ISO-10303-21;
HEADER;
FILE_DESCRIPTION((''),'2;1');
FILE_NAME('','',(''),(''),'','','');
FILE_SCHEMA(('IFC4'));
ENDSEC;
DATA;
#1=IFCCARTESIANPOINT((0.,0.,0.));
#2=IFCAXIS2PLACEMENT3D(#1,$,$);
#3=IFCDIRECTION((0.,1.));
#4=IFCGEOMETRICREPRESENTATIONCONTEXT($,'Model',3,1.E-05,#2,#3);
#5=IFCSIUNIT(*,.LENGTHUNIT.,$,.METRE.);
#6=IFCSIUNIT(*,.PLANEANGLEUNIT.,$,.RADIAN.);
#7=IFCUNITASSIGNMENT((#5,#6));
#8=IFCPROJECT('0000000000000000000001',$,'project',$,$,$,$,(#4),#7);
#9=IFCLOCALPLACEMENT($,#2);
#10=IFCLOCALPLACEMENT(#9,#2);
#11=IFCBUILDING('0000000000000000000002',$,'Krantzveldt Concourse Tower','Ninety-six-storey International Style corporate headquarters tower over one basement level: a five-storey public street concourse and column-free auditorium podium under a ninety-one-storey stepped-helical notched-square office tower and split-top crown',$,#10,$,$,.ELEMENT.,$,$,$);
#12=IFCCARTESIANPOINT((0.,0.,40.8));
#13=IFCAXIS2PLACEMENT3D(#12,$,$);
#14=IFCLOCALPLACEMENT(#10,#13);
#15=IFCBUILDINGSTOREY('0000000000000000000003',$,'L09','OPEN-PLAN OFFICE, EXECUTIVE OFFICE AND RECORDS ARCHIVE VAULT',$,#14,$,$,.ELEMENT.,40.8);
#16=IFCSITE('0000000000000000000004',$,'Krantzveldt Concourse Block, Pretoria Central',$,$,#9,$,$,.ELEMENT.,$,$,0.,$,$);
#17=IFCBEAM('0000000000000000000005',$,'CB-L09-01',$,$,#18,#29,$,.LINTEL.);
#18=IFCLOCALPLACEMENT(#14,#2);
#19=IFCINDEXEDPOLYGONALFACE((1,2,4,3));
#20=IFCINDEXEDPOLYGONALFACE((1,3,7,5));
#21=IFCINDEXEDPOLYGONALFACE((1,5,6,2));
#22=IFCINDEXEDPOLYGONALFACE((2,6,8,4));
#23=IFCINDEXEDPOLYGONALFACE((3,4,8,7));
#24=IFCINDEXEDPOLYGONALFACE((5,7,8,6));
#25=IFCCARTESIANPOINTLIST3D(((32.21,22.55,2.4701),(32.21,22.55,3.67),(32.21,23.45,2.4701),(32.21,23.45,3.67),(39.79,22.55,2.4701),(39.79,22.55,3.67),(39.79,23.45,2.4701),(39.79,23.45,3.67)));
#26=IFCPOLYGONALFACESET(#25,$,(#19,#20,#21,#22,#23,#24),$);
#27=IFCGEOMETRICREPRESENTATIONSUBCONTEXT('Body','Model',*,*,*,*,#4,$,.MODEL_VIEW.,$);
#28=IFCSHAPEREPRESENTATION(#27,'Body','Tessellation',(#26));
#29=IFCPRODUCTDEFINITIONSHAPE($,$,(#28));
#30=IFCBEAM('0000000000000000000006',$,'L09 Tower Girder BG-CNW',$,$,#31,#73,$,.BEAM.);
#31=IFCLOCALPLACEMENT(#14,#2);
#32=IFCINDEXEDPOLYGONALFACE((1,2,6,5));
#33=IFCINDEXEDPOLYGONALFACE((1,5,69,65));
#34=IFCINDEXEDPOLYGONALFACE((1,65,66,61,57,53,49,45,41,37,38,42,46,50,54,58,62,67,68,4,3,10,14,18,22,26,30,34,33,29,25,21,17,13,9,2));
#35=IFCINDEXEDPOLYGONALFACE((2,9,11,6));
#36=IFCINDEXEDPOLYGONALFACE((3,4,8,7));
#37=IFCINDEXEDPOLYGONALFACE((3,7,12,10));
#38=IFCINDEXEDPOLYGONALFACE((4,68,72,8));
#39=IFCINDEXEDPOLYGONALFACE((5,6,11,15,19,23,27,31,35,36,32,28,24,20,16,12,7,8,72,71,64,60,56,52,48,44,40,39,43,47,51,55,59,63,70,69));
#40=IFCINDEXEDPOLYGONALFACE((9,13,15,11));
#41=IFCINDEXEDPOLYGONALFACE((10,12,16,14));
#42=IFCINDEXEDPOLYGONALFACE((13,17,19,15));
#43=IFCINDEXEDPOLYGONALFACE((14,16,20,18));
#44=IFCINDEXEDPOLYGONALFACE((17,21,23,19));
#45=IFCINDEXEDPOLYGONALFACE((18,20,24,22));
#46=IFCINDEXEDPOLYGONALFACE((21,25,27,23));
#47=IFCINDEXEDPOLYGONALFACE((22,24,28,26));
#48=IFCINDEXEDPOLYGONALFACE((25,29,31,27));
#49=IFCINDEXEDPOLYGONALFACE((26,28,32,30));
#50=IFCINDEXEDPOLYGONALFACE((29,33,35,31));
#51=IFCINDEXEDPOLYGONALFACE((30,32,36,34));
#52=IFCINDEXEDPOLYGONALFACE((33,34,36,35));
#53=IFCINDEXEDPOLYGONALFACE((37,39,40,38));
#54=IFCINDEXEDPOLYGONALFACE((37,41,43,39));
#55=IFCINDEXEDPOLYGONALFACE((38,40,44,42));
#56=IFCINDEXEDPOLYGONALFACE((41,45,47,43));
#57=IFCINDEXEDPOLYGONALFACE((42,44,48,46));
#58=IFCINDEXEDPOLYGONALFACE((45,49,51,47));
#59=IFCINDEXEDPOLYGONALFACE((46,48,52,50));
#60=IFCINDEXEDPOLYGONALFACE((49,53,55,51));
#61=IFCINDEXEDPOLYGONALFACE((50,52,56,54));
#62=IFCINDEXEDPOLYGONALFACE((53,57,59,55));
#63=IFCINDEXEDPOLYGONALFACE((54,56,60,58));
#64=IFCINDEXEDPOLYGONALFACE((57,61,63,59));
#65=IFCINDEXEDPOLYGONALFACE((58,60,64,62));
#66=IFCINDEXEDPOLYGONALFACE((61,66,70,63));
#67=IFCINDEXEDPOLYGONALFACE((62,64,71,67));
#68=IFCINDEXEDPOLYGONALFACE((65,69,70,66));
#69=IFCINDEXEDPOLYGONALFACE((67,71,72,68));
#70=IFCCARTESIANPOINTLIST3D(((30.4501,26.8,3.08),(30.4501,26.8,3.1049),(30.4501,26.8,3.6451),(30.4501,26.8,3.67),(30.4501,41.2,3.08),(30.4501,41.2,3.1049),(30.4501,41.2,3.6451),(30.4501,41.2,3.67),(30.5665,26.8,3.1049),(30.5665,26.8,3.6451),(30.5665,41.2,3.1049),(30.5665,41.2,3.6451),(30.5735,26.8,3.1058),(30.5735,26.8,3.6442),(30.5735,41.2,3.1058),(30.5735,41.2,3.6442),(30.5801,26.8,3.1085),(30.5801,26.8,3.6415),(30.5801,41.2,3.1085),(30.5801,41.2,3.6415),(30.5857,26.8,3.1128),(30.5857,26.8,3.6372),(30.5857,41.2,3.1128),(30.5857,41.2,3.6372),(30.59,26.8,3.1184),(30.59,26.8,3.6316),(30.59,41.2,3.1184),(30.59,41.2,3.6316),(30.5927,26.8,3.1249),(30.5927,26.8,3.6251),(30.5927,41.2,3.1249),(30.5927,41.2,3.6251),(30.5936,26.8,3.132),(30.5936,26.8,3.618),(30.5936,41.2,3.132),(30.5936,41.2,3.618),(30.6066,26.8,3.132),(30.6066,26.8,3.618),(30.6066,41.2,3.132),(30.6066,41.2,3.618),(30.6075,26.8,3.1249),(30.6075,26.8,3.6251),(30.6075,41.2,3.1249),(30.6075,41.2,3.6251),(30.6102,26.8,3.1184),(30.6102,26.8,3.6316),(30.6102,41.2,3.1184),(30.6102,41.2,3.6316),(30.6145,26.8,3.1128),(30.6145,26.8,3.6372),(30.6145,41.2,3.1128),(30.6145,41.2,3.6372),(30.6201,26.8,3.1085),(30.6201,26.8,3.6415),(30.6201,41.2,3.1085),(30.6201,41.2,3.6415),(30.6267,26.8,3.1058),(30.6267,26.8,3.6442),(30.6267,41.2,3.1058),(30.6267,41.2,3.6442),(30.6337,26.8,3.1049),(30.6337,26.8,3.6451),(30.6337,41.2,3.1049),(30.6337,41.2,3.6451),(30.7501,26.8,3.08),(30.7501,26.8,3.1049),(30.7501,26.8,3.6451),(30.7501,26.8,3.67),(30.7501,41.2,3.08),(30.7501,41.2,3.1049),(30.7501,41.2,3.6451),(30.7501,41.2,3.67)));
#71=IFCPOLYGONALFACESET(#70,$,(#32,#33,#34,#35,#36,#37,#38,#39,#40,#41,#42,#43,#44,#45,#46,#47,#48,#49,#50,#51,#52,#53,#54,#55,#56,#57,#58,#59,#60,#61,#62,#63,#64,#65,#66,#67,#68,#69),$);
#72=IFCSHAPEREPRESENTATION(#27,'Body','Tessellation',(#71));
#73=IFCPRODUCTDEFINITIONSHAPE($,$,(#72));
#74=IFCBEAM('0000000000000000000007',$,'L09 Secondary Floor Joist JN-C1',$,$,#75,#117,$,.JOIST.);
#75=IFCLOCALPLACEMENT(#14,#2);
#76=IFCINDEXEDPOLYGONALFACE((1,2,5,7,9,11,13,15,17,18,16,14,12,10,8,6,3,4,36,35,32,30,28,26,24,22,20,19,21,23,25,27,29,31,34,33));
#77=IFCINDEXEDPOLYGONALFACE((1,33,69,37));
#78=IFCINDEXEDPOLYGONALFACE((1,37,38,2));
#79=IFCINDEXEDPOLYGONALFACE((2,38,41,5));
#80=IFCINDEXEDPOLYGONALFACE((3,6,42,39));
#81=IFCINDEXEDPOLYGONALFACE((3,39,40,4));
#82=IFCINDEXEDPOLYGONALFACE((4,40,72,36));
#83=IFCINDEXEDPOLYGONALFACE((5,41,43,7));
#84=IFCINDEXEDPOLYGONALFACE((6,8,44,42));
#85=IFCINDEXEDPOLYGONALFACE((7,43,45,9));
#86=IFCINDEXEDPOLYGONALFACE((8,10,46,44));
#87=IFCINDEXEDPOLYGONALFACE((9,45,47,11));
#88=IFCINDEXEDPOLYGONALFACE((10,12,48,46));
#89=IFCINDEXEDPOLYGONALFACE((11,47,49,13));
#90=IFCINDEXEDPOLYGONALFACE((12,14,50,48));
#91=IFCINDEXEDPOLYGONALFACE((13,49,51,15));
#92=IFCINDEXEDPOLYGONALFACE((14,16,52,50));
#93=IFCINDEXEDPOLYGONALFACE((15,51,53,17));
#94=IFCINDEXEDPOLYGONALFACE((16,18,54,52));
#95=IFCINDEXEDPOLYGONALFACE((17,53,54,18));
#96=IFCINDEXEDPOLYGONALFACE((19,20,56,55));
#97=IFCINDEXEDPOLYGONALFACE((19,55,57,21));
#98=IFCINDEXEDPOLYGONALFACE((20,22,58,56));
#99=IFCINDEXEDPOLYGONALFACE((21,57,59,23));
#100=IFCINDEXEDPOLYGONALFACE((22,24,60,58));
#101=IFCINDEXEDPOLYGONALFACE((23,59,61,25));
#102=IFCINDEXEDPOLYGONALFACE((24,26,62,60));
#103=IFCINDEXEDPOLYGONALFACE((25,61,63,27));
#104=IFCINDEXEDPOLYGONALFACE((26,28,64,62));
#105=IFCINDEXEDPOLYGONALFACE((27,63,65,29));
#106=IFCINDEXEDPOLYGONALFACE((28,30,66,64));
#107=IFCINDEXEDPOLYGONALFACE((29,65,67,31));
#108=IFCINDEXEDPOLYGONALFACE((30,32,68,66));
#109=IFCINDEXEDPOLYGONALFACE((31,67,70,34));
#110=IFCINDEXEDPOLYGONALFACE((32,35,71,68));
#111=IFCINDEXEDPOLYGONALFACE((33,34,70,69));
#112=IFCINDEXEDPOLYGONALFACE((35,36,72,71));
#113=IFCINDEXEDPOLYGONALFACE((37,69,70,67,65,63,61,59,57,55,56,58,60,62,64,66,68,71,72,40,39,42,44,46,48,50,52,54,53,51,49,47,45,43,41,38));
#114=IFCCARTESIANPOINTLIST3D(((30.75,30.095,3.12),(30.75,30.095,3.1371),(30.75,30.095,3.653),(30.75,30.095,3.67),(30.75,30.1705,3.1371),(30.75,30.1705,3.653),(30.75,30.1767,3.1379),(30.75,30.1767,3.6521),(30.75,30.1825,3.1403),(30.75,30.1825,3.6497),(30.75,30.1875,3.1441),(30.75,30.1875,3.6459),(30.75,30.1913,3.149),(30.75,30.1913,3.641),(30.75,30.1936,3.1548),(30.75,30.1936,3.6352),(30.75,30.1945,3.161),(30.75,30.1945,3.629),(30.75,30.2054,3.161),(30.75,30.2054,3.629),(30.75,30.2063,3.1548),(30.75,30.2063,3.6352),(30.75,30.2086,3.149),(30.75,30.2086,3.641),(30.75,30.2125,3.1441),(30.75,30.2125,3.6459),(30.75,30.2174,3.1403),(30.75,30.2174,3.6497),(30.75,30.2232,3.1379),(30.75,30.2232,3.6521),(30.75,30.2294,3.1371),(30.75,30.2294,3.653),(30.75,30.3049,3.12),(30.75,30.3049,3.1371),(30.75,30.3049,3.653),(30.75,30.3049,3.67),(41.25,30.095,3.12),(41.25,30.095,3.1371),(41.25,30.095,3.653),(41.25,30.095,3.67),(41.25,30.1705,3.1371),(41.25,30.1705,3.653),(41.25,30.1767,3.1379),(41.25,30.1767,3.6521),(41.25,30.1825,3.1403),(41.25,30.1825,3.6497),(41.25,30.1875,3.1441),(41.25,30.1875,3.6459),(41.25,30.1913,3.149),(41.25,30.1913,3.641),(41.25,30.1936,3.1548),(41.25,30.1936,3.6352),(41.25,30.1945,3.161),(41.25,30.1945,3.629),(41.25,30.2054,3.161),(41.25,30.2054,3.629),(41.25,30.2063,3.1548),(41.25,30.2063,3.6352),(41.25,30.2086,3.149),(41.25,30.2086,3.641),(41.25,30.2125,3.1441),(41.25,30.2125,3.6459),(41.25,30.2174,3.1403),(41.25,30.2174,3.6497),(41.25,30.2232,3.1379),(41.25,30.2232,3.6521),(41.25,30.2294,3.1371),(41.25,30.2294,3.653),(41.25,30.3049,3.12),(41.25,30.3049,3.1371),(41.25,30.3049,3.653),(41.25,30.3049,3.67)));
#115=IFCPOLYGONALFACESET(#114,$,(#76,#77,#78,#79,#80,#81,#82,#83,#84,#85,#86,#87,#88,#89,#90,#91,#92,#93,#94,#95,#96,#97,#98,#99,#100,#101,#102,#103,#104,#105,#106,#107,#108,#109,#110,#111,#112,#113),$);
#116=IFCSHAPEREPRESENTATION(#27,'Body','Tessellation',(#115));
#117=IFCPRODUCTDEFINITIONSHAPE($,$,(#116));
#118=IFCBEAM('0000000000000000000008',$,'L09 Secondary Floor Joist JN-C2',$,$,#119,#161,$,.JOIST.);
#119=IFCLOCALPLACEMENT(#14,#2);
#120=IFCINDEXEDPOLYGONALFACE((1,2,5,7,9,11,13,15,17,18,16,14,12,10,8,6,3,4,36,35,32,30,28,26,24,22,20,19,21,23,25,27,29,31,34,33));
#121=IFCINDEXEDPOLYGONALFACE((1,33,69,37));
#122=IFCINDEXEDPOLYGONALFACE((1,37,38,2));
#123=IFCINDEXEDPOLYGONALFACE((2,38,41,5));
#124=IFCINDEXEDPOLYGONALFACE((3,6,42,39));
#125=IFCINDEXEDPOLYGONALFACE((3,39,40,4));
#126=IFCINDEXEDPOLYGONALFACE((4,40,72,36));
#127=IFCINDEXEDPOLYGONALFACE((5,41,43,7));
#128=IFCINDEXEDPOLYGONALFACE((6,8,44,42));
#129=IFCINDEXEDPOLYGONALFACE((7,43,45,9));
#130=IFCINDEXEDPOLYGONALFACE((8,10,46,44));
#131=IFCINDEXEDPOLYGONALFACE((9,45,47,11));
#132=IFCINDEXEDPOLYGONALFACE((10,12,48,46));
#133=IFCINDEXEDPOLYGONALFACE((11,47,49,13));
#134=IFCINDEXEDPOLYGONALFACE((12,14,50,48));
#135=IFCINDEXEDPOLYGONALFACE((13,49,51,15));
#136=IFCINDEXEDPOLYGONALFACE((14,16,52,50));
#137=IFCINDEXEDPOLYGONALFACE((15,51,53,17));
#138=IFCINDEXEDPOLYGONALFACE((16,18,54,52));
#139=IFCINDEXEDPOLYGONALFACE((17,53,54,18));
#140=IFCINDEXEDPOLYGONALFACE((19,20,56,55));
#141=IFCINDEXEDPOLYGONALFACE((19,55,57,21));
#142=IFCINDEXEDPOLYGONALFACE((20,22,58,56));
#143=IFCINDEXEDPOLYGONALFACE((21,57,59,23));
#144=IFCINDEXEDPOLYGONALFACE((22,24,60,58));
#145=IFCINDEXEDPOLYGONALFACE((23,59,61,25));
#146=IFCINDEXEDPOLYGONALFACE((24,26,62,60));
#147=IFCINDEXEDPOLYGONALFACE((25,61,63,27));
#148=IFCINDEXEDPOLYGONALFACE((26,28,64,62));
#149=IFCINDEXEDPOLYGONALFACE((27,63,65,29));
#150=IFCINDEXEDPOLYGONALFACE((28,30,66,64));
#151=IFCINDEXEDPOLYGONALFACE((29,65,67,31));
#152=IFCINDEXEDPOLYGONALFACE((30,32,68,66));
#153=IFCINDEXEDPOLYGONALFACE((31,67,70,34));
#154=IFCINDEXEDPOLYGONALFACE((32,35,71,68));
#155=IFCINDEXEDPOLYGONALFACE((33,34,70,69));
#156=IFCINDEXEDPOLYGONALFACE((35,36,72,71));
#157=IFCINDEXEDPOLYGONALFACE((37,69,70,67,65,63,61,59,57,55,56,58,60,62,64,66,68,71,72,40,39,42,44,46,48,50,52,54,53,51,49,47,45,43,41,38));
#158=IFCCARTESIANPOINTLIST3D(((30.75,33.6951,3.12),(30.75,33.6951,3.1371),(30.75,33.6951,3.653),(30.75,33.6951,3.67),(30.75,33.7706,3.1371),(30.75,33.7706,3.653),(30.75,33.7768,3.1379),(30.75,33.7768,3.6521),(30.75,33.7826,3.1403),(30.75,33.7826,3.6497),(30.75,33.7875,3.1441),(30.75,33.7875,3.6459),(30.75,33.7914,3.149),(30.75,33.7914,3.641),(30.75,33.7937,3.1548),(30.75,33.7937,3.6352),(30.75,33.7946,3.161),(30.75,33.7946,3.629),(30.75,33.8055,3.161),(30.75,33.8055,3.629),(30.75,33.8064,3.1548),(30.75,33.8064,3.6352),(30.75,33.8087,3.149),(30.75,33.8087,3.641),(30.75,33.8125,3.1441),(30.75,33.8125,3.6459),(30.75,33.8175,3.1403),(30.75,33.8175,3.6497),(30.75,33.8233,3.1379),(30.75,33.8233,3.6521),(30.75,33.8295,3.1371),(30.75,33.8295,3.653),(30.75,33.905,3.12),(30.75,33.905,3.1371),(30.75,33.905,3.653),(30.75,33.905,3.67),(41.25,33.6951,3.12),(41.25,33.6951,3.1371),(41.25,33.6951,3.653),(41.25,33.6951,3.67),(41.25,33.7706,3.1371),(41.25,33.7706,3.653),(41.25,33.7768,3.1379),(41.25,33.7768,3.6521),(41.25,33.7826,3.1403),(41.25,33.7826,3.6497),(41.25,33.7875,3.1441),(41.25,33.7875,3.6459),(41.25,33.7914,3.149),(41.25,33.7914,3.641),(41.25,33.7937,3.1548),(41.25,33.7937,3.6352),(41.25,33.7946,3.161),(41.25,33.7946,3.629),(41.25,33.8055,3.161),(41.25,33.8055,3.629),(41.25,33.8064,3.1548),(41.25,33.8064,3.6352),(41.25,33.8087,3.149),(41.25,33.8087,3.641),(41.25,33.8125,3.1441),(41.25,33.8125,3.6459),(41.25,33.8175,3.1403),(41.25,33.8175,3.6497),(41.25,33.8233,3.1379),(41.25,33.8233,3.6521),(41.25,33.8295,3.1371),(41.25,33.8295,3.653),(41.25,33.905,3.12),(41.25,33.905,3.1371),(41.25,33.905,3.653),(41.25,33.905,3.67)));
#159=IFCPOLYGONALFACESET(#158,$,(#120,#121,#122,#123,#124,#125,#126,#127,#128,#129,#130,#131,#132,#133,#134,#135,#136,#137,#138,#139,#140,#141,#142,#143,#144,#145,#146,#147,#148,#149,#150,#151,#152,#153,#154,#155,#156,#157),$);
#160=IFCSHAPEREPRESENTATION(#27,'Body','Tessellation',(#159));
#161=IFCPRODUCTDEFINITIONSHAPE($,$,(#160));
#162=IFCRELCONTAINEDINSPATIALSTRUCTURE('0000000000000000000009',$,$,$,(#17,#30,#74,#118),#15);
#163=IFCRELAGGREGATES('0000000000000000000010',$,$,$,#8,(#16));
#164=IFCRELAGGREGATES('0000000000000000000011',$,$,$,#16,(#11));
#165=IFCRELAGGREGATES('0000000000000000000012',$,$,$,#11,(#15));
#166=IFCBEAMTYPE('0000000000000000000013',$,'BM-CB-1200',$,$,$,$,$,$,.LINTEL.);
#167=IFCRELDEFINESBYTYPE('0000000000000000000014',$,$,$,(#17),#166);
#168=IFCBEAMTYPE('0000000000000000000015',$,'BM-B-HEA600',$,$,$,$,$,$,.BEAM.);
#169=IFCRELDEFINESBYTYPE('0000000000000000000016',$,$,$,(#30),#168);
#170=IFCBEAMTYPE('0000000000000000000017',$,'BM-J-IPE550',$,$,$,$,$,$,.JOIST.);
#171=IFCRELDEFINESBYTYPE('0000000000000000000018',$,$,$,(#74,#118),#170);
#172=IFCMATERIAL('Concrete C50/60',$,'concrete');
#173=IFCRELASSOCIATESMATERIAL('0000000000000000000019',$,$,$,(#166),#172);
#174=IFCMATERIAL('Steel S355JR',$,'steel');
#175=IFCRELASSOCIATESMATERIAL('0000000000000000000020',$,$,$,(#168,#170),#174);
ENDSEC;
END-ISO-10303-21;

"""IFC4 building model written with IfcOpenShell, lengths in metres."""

from ifc_helpers import new_model, si_unit, direction, frame, origin, origin_2d, place, context, subcontext, project, spatial, rectangle, i_section, extrude, source, transform, mapped, material, material_profile, profile_set, type_object, type_shapes, element, save


model = new_model("IFC4")

# Units and contexts
model_context = context("Model", 3, precision=1e-05, world=origin(), true_north=direction((0.0, 1.0)))
body_context = subcontext(model_context, "Body", "Model", "MODEL_VIEW")
ifc_project = project(units=[si_unit("LENGTHUNIT", "METRE"), si_unit("PLANEANGLEUNIT", "RADIAN")], contexts=[model_context])

# Site, building, storey
site_placement = place(None, origin())
site = spatial("IfcSite", under=ifc_project, at=site_placement, Name="Krantzveldt Concourse Block, Pretoria Central", CompositionType="ELEMENT", RefElevation=0.0)
building_placement = place(site_placement, origin())
building = spatial("IfcBuilding", under=site, at=building_placement, Name="Krantzveldt Concourse Tower", Description="Ninety-six-storey International Style corporate headquarters tower over one basement level: a five-storey public street concourse and column-free auditorium podium under a ninety-one-storey stepped-helical notched-square office tower and split-top crown", CompositionType="ELEMENT")
storey_placement = place(building_placement, frame((0.0, 0.0, 40.8)))
storey = spatial("IfcBuildingStorey", under=building, at=storey_placement, Name="L09", Description="OPEN-PLAN OFFICE, EXECUTIVE OFFICE AND RECORDS ARCHIVE VAULT", CompositionType="ELEMENT", Elevation=40.8)

# Beams
ifc_material_1 = material(Name="Concrete C50/60", Category="concrete")
ifc_material_profile_1 = material_profile(ifc_material_1, rectangle(XDim=0.8999, YDim=1.2, at=origin_2d()), Name="Concrete C50/60", Category="concrete")
ifc_profile_set_1 = profile_set([ifc_material_profile_1], Name="Concrete C50/60 - RC-CB 900x1200")
beam_type_1 = type_object("IfcBeamType", Name="BM-CB-1200", PredefinedType="LINTEL", material=ifc_profile_set_1)
shared_shape_1 = source(origin(), body_context, "Body", "SweptSolid", [
    extrude(rectangle(XDim=0.8999, YDim=1.2, at=origin_2d()), origin(), (0.0, 0.0, 1.0), 7.5801),
])
type_shapes(beam_type_1, [shared_shape_1])
beam_1_placement = place(storey_placement, frame((32.21, 23.0, 3.0701), z_axis=(1.0, 0.0, 0.0), x_axis=(0.0, 1.0, 0.0)))
element("IfcBeam", 1, at=beam_1_placement, inside=storey, type_object=beam_type_1, Name="CB-L09-01", PredefinedType="LINTEL", context=body_context, shape_type="MappedRepresentation", body=[
    mapped(shared_shape_1, transform((0.0, 0.0, 0.0), x_axis=(1.0, 0.0, 0.0), y_axis=(0.0, 1.0, 0.0), z_axis=(0.0, 0.0, 1.0), scale=1.0)),
])
ifc_material_2 = material(Name="Steel S355JR", Category="steel")
ifc_material_profile_2 = material_profile(ifc_material_2, i_section(OverallWidth=0.3, OverallDepth=0.5901, WebThickness=0.0129, FlangeThickness=0.0249, FilletRadius=0.0271, at=origin_2d()), Name="Steel S355JR", Category="steel")
ifc_profile_set_2 = profile_set([ifc_material_profile_2], Name="Steel S355JR - HEA 600")
beam_type_2 = type_object("IfcBeamType", Name="BM-B-HEA600", PredefinedType="BEAM", material=ifc_profile_set_2)
shared_shape_2 = source(origin(), body_context, "Body", "SweptSolid", [
    extrude(i_section(OverallWidth=0.3, OverallDepth=0.5901, WebThickness=0.0129, FlangeThickness=0.0249, FilletRadius=0.0271, at=origin_2d()), origin(), (0.0, 0.0, 1.0), 14.3999),
])
type_shapes(beam_type_2, [shared_shape_2])
beam_2_placement = place(storey_placement, frame((30.6001, 26.8, 3.375), z_axis=(0.0, 1.0, 0.0), x_axis=(-1.0, 0.0, 0.0)))
element("IfcBeam", 2, at=beam_2_placement, inside=storey, type_object=beam_type_2, Name="L09 Tower Girder BG-CNW", PredefinedType="BEAM", context=body_context, shape_type="MappedRepresentation", body=[
    mapped(shared_shape_2, transform((0.0, 0.0, 0.0), x_axis=(1.0, 0.0, 0.0), y_axis=(0.0, 1.0, 0.0), z_axis=(0.0, 0.0, 1.0), scale=1.0)),
])
ifc_material_profile_3 = material_profile(ifc_material_2, i_section(OverallWidth=0.21, OverallDepth=0.55, WebThickness=0.011, FlangeThickness=0.0171, FilletRadius=0.0239, at=origin_2d()), Name="Steel S355JR", Category="steel")
ifc_profile_set_3 = profile_set([ifc_material_profile_3], Name="Steel S355JR - IPE 550")
beam_type_3 = type_object("IfcBeamType", Name="BM-J-IPE550", PredefinedType="JOIST", material=ifc_profile_set_3)
shared_shape_3 = source(origin(), body_context, "Body", "SweptSolid", [
    extrude(i_section(OverallWidth=0.21, OverallDepth=0.55, WebThickness=0.011, FlangeThickness=0.0171, FilletRadius=0.0239, at=origin_2d()), origin(), (0.0, 0.0, 1.0), 10.5),
])
type_shapes(beam_type_3, [shared_shape_3])
for number, where, z_axis, x_axis, name in (
    (3, (30.75, 30.2, 3.395), (1.0, 0.0, 0.0), (0.0, 1.0, 0.0), "L09 Secondary Floor Joist JN-C1"),
    (4, (30.75, 33.8, 3.395), (1.0, 0.0, 0.0), (0.0, 1.0, 0.0), "L09 Secondary Floor Joist JN-C2"),
):
    element("IfcBeam", number, at=place(storey_placement, frame(where, z_axis=z_axis, x_axis=x_axis)), inside=storey, type_object=beam_type_3, Name=name, PredefinedType="JOIST", context=body_context, shape_type="MappedRepresentation", body=[
        mapped(shared_shape_3, transform((0.0, 0.0, 0.0), x_axis=(1.0, 0.0, 0.0), y_axis=(0.0, 1.0, 0.0), z_axis=(0.0, 0.0, 1.0), scale=1.0)),
    ])

save(model, "model.ifc")
